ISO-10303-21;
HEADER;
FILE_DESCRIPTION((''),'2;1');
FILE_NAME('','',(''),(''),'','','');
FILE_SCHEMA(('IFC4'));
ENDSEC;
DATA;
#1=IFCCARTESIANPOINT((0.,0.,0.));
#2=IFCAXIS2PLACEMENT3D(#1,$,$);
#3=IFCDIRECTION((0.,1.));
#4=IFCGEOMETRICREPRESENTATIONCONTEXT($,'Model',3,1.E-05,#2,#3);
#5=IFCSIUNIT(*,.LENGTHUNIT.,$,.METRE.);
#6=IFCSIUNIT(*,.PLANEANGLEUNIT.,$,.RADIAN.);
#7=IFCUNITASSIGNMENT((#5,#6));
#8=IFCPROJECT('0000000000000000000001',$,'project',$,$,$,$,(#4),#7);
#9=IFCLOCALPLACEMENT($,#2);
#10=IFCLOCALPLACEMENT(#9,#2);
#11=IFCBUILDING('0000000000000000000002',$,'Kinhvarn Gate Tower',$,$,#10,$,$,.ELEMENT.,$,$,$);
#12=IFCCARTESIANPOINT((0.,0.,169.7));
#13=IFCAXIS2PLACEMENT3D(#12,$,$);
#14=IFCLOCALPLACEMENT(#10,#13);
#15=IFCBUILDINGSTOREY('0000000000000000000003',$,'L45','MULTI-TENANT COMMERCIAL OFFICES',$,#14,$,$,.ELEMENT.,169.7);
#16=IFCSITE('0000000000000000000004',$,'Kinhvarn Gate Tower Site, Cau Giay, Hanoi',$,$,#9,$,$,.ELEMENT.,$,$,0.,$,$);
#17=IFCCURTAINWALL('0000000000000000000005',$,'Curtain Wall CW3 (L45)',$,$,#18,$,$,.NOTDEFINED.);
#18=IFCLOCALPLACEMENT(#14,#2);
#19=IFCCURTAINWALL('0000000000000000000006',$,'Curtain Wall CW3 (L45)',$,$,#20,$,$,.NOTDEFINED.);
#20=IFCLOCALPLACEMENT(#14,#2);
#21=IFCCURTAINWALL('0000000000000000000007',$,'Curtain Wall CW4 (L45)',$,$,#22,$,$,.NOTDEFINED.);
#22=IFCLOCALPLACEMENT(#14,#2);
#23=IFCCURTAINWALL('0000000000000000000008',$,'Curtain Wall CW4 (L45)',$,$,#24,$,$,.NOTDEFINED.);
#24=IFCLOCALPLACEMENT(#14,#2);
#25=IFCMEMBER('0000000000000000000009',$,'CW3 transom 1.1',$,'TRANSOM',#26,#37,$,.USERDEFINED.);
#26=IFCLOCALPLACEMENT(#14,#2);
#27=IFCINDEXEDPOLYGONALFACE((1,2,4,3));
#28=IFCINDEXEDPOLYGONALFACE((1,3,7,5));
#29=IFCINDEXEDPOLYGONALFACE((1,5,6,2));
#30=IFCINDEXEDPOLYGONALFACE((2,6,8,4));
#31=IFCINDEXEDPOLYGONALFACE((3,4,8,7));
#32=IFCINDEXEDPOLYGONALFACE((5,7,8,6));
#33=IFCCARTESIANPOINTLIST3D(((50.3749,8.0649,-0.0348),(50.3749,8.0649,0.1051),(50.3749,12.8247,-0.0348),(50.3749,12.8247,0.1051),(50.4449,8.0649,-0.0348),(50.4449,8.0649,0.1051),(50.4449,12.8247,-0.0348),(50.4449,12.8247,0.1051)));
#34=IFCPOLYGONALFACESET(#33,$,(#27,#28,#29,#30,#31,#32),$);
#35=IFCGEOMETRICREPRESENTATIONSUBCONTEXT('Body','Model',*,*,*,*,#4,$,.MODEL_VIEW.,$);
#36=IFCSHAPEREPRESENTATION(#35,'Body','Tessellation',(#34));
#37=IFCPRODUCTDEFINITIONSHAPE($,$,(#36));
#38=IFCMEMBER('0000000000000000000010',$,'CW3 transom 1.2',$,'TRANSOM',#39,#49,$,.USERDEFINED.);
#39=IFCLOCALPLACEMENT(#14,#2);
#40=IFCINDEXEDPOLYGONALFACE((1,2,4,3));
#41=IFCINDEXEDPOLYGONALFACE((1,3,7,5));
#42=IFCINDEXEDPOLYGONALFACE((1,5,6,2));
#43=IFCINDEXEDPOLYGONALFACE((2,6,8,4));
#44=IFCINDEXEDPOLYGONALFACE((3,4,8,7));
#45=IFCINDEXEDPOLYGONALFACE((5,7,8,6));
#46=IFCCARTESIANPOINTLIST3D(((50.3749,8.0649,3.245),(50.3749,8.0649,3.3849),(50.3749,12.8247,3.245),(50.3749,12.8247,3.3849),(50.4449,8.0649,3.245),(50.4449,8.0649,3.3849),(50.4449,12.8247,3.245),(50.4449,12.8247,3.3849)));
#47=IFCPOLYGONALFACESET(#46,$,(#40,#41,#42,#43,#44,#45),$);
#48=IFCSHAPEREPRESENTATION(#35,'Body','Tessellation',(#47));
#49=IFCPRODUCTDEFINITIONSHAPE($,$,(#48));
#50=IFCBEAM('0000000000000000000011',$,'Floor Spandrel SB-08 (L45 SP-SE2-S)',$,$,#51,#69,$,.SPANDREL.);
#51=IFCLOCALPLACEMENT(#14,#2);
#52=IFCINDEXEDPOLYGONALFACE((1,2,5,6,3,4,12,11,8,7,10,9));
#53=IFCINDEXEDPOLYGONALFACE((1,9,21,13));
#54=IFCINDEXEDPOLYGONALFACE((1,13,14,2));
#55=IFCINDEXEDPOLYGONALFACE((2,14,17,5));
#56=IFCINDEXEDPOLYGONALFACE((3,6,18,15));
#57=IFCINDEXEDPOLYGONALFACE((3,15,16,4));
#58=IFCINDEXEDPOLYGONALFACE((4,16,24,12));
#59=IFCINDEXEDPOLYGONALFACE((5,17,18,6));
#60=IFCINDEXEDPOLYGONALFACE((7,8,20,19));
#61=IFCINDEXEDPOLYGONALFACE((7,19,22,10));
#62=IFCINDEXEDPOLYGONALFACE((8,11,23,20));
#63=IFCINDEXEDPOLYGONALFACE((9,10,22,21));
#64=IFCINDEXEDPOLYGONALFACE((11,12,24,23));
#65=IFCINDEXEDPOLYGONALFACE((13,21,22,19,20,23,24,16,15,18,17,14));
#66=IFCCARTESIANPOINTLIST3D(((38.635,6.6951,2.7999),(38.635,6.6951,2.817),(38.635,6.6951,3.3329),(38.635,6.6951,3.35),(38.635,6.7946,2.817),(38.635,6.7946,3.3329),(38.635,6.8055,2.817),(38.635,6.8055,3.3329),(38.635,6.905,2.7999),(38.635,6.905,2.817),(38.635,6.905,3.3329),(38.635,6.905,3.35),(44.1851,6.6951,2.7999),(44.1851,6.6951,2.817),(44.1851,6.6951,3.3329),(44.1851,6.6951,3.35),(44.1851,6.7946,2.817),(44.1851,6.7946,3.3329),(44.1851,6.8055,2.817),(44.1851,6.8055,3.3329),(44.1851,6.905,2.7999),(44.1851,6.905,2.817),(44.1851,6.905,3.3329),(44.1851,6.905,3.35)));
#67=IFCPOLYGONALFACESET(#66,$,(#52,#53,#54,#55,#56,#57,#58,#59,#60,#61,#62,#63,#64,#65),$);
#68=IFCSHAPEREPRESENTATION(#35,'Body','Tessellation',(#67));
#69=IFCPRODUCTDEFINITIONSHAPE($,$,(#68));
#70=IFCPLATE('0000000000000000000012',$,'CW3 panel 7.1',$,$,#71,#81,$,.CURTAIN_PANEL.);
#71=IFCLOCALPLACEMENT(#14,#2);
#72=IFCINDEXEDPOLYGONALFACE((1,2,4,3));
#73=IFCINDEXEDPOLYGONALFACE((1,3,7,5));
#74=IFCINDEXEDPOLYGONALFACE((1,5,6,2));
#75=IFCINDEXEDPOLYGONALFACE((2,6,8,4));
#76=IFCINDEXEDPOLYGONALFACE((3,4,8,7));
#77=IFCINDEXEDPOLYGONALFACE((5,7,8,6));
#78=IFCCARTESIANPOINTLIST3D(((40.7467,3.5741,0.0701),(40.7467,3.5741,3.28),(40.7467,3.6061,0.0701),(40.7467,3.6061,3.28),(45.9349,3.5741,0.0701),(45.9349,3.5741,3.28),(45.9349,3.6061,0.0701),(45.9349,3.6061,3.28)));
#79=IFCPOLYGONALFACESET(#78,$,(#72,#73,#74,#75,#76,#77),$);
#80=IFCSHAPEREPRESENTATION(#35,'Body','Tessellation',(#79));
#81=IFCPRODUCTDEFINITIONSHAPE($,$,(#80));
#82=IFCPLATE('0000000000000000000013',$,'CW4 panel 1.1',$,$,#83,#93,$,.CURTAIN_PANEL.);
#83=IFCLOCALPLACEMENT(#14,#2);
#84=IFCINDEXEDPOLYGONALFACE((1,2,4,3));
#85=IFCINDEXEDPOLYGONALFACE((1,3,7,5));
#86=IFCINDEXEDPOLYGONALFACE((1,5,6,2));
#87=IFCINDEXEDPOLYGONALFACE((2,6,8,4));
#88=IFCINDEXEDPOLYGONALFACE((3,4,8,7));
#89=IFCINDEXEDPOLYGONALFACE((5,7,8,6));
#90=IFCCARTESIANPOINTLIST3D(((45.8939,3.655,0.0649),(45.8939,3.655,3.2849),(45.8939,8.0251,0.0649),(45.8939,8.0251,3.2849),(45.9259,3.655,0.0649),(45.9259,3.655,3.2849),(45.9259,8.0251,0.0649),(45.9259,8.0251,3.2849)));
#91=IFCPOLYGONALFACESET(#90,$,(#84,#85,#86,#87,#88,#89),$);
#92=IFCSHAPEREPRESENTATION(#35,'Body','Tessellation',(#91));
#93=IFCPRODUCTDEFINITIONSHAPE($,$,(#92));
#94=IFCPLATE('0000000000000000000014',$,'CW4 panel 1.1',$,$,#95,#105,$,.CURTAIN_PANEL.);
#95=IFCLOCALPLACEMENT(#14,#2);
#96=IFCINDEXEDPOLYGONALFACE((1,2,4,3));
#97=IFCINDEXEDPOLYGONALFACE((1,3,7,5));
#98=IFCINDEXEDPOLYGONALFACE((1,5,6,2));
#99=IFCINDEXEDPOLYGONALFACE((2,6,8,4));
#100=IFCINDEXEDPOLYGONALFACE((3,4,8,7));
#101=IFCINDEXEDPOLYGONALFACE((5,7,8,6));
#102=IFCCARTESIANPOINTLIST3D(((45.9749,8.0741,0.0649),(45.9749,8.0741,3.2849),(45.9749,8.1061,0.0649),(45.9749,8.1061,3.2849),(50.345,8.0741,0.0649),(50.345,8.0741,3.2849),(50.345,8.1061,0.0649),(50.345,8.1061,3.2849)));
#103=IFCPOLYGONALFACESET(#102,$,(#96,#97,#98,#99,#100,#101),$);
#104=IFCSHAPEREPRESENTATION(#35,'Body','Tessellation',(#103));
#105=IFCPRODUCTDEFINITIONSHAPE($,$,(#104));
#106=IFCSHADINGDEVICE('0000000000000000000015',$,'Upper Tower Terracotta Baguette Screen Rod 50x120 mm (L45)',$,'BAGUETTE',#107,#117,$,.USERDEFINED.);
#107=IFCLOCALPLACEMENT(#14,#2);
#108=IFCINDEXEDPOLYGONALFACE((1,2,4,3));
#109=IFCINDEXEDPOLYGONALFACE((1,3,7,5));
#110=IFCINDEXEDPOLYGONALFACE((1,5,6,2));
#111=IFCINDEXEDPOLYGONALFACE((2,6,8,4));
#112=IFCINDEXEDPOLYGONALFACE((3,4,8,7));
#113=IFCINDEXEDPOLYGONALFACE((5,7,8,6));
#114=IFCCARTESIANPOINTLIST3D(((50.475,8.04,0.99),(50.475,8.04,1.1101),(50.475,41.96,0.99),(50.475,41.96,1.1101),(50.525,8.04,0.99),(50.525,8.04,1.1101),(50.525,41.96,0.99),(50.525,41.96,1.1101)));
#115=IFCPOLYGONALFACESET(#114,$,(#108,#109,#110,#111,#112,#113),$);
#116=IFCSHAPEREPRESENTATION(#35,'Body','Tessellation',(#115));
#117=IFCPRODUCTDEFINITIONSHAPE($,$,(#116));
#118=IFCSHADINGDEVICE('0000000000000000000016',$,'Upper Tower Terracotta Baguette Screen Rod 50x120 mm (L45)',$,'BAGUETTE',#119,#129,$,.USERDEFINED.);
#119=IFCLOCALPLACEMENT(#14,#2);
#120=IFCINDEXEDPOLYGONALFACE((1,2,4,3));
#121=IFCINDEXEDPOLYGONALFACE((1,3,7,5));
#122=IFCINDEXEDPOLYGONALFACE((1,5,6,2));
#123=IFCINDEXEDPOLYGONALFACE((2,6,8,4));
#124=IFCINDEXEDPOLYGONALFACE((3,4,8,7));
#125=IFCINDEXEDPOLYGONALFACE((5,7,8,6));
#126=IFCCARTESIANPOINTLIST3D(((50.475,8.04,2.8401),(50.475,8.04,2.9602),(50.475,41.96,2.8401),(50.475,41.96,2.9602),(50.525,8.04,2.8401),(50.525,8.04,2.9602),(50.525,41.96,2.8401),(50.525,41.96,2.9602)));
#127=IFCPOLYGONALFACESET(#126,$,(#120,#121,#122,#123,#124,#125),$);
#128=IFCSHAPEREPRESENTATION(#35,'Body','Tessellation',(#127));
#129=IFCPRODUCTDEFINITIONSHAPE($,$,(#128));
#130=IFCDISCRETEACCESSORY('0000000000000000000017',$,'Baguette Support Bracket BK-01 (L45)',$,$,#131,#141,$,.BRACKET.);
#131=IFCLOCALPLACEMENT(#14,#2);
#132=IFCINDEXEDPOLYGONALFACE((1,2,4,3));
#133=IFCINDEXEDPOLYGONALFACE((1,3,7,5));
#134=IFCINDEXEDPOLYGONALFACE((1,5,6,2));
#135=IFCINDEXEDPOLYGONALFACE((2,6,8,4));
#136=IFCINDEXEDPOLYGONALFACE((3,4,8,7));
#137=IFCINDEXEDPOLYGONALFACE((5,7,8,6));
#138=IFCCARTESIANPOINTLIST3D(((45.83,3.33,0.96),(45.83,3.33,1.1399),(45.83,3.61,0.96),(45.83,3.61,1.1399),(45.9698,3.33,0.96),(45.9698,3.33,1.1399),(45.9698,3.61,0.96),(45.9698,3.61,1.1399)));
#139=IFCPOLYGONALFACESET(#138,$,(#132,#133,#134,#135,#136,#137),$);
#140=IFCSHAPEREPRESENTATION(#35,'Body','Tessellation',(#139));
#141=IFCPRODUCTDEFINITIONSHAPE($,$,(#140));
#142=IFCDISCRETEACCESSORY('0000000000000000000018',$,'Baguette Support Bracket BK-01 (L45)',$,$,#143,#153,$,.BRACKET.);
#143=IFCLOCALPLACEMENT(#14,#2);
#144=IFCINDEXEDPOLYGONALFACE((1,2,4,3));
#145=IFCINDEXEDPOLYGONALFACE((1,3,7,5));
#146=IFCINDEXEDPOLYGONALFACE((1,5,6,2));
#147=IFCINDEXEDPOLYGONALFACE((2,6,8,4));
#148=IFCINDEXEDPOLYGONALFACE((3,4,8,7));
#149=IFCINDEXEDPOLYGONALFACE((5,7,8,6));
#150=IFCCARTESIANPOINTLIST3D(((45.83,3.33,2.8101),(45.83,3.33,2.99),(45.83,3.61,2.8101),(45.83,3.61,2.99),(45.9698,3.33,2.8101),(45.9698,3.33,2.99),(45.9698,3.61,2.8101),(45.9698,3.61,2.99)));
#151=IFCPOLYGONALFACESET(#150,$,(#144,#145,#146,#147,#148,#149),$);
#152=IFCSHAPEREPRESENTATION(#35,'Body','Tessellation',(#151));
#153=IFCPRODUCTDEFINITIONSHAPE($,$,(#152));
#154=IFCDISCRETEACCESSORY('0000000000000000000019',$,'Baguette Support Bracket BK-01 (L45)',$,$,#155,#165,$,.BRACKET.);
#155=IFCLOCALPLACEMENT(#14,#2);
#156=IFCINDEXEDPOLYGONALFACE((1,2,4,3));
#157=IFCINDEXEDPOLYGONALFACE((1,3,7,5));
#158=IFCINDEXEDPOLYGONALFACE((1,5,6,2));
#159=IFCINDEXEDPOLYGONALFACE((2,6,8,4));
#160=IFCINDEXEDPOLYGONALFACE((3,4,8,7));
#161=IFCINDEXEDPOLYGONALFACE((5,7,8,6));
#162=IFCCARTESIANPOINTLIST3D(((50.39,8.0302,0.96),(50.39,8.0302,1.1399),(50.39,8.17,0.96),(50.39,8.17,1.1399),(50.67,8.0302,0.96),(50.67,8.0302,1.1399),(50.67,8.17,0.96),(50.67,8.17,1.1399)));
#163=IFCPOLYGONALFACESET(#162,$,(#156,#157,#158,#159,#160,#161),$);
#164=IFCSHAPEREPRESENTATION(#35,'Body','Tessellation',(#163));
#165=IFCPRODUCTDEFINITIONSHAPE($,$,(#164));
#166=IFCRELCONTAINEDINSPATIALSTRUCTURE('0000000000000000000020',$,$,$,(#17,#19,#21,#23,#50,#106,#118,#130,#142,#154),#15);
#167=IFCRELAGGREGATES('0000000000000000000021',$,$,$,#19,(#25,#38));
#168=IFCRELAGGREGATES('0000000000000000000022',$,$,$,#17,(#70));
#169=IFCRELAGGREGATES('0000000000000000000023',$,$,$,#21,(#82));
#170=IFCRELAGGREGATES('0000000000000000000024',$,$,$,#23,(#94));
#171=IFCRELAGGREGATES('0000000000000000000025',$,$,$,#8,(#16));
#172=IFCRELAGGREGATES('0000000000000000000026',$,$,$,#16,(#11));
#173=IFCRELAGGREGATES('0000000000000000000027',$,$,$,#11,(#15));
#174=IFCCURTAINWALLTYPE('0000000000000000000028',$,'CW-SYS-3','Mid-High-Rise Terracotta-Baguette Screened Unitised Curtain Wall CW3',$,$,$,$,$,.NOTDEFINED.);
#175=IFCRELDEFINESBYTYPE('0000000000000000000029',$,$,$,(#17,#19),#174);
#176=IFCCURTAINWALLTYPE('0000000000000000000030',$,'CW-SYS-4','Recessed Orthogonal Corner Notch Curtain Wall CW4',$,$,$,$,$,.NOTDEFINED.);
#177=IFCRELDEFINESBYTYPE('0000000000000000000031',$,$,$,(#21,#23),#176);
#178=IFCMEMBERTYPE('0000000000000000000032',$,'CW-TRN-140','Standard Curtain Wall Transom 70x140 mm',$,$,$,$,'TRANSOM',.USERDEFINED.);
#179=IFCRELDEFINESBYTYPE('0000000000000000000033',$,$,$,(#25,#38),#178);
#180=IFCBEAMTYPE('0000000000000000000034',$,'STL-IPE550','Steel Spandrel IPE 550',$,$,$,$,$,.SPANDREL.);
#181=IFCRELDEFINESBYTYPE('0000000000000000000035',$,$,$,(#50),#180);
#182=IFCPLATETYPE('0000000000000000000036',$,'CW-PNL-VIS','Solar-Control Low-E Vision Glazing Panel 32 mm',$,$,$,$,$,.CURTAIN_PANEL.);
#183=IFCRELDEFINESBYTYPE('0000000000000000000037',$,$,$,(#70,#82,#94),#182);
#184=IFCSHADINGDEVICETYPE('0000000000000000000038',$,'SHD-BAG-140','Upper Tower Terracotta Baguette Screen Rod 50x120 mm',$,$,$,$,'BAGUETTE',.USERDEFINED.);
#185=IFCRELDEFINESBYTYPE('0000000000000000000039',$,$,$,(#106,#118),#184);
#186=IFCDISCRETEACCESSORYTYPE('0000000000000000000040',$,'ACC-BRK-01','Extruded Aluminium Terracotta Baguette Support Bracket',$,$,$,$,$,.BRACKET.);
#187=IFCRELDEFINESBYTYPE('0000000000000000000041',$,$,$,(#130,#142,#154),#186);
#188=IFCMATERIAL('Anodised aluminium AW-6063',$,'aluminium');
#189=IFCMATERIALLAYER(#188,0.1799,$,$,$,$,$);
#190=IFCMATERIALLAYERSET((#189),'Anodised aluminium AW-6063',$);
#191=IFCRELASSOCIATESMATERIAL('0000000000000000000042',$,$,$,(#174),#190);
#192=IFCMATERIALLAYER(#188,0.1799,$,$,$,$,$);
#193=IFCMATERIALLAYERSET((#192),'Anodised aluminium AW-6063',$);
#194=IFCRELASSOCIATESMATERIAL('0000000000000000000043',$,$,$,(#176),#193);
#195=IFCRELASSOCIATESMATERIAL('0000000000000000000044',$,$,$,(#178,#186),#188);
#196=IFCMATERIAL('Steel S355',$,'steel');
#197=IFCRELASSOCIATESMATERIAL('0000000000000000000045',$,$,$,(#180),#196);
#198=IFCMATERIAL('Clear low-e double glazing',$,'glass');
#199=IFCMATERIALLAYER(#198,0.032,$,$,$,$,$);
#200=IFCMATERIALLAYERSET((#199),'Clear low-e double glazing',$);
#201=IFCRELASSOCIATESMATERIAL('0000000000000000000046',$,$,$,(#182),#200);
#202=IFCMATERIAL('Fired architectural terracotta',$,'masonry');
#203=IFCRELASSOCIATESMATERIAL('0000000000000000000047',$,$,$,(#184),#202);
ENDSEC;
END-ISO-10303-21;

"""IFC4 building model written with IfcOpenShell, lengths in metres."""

from ifc_helpers import new_model, si_unit, direction, frame, origin, origin_2d, place, context, subcontext, project, spatial, rectangle, i_section, extrude, material, layer, layer_set, material_profile, profile_set, type_object, element, aggregate, save


model = new_model("IFC4")

# Units and contexts
model_context = context("Model", 3, precision=1e-05, world=origin(), true_north=direction((0.0, 1.0)))
body_context = subcontext(model_context, "Body", "Model", "MODEL_VIEW")
ifc_project = project(units=[si_unit("LENGTHUNIT", "METRE"), si_unit("PLANEANGLEUNIT", "RADIAN")], contexts=[model_context])

# Site, building, storey
site_placement = place(None, origin())
site = spatial("IfcSite", under=ifc_project, at=site_placement, Name="Kinhvarn Gate Tower Site, Cau Giay, Hanoi", CompositionType="ELEMENT", RefElevation=0.0)
building_placement = place(site_placement, origin())
building = spatial("IfcBuilding", under=site, at=building_placement, Name="Kinhvarn Gate Tower", CompositionType="ELEMENT")
storey_placement = place(building_placement, frame((0.0, 0.0, 169.7)))
storey = spatial("IfcBuildingStorey", under=building, at=storey_placement, Name="L45", Description="MULTI-TENANT COMMERCIAL OFFICES", CompositionType="ELEMENT", Elevation=169.7)

# Curtain wall
ifc_material_1 = material(Name="Anodised aluminium AW-6063", Category="aluminium")
ifc_layer_1 = layer(ifc_material_1, 0.1799)
ifc_layer_set_1 = layer_set([ifc_layer_1], Name="Anodised aluminium AW-6063")
curtain_wall_type_1 = type_object("IfcCurtainWallType", Name="CW-SYS-3", Description="Mid-High-Rise Terracotta-Baguette Screened Unitised Curtain Wall CW3", PredefinedType="NOTDEFINED", material=ifc_layer_set_1)
curtain_wall_1_placement = place(storey_placement, origin())
curtain_wall_1 = element("IfcCurtainWall", 1, at=curtain_wall_1_placement, inside=storey, type_object=curtain_wall_type_1, Name="Curtain Wall CW3 (L45)", PredefinedType="NOTDEFINED")

# Curtain wall
curtain_wall_2_placement = place(storey_placement, origin())
curtain_wall_2 = element("IfcCurtainWall", 2, at=curtain_wall_2_placement, inside=storey, type_object=curtain_wall_type_1, Name="Curtain Wall CW3 (L45)", PredefinedType="NOTDEFINED")

# Curtain walls
ifc_layer_2 = layer(ifc_material_1, 0.1799)
ifc_layer_set_2 = layer_set([ifc_layer_2], Name="Anodised aluminium AW-6063")
curtain_wall_type_2 = type_object("IfcCurtainWallType", Name="CW-SYS-4", Description="Recessed Orthogonal Corner Notch Curtain Wall CW4", PredefinedType="NOTDEFINED", material=ifc_layer_set_2)
curtain_wall_3_placement = place(storey_placement, origin())
curtain_wall_3 = element("IfcCurtainWall", 3, at=curtain_wall_3_placement, inside=storey, type_object=curtain_wall_type_2, Name="Curtain Wall CW4 (L45)", PredefinedType="NOTDEFINED")
curtain_wall_4_placement = place(storey_placement, origin())
curtain_wall_4 = element("IfcCurtainWall", 4, at=curtain_wall_4_placement, inside=storey, type_object=curtain_wall_type_2, Name="Curtain Wall CW4 (L45)", PredefinedType="NOTDEFINED")

# Members
ifc_material_profile_1 = material_profile(ifc_material_1, rectangle(XDim=0.0701, YDim=0.1399, at=origin_2d()), Name="ALU 70x140")
ifc_profile_set_1 = profile_set([ifc_material_profile_1], Name="Anodised aluminium AW-6063")
member_type_1 = type_object("IfcMemberType", Name="CW-TRN-140", Description="Standard Curtain Wall Transom 70x140 mm", ElementType="TRANSOM", PredefinedType="USERDEFINED", material=ifc_profile_set_1)
member_1_placement = place(storey_placement, frame((50.4099, 8.0649, 0.0352), z_axis=(0.0, 1.0, 0.0), x_axis=(-1.0, 0.0, 0.0)))
member_1 = element("IfcMember", 5, at=member_1_placement, type_object=member_type_1, Name="CW3 transom 1.1", ObjectType="TRANSOM", PredefinedType="USERDEFINED", context=body_context, shape_type="SweptSolid", body=[
    extrude(rectangle(XDim=0.0701, YDim=0.1399, at=origin_2d()), origin(), (0.0, 0.0, 1.0), 4.7598),
])
member_2_placement = place(storey_placement, frame((50.4099, 8.0649, 3.3149), z_axis=(0.0, 1.0, 0.0), x_axis=(-1.0, 0.0, 0.0)))
member_2 = element("IfcMember", 6, at=member_2_placement, type_object=member_type_1, Name="CW3 transom 1.2", ObjectType="TRANSOM", PredefinedType="USERDEFINED", context=body_context, shape_type="SweptSolid", body=[
    extrude(rectangle(XDim=0.0701, YDim=0.1399, at=origin_2d()), origin(), (0.0, 0.0, 1.0), 4.7598),
])
aggregate(curtain_wall_2, [member_1, member_2])

# Beam
ifc_material_2 = material(Name="Steel S355", Category="steel")
ifc_material_profile_2 = material_profile(ifc_material_2, i_section(OverallWidth=0.21, OverallDepth=0.55, WebThickness=0.011, FlangeThickness=0.0171, at=origin_2d()), Name="IPE 550")
ifc_profile_set_2 = profile_set([ifc_material_profile_2], Name="Steel S355")
beam_type = type_object("IfcBeamType", Name="STL-IPE550", Description="Steel Spandrel IPE 550", PredefinedType="SPANDREL", material=ifc_profile_set_2)
beam_placement = place(storey_placement, frame((38.635, 6.8, 3.075), z_axis=(1.0, 0.0, 0.0), x_axis=(0.0, 1.0, 0.0)))
element("IfcBeam", 7, at=beam_placement, inside=storey, type_object=beam_type, Name="Floor Spandrel SB-08 (L45 SP-SE2-S)", PredefinedType="SPANDREL", context=body_context, shape_type="SweptSolid", body=[
    extrude(i_section(OverallWidth=0.21, OverallDepth=0.55, WebThickness=0.011, FlangeThickness=0.0171, at=origin_2d()), origin(), (0.0, 0.0, 1.0), 5.55),
])

# Plates
ifc_material_3 = material(Name="Clear low-e double glazing", Category="glass")
ifc_layer_3 = layer(ifc_material_3, 0.032)
ifc_layer_set_3 = layer_set([ifc_layer_3], Name="Clear low-e double glazing")
plate_type = type_object("IfcPlateType", Name="CW-PNL-VIS", Description="Solar-Control Low-E Vision Glazing Panel 32 mm", PredefinedType="CURTAIN_PANEL", material=ifc_layer_set_3)
plate_1_placement = place(storey_placement, frame((43.3408, 3.5901, 0.0701), z_axis=(0.0, 0.0, 1.0), x_axis=(1.0, 0.0, 0.0)))
plate_1 = element("IfcPlate", 8, at=plate_1_placement, type_object=plate_type, Name="CW3 panel 7.1", PredefinedType="CURTAIN_PANEL", context=body_context, shape_type="SweptSolid", body=[
    extrude(rectangle(XDim=5.1882, YDim=0.032, at=origin_2d()), origin(), (0.0, 0.0, 1.0), 3.21),
])
aggregate(curtain_wall_1, [plate_1])
plate_2_placement = place(storey_placement, frame((45.9099, 5.8401, 0.0649), z_axis=(0.0, 0.0, 1.0), x_axis=(0.0, 1.0, 0.0)))
plate_2 = element("IfcPlate", 9, at=plate_2_placement, type_object=plate_type, Name="CW4 panel 1.1", PredefinedType="CURTAIN_PANEL", context=body_context, shape_type="SweptSolid", body=[
    extrude(rectangle(XDim=4.3701, YDim=0.032, at=origin_2d()), origin(), (0.0, 0.0, 1.0), 3.22),
])
aggregate(curtain_wall_3, [plate_2])
plate_3_placement = place(storey_placement, frame((48.1599, 8.0901, 0.0649), z_axis=(0.0, 0.0, 1.0), x_axis=(1.0, 0.0, 0.0)))
plate_3 = element("IfcPlate", 10, at=plate_3_placement, type_object=plate_type, Name="CW4 panel 1.1", PredefinedType="CURTAIN_PANEL", context=body_context, shape_type="SweptSolid", body=[
    extrude(rectangle(XDim=4.3701, YDim=0.032, at=origin_2d()), origin(), (0.0, 0.0, 1.0), 3.22),
])
aggregate(curtain_wall_4, [plate_3])

# Shading devices
ifc_material_4 = material(Name="Fired architectural terracotta", Category="masonry")
ifc_material_profile_3 = material_profile(ifc_material_4, rectangle(XDim=0.05, YDim=0.1201, at=origin_2d()), Name="TC 50x120")
ifc_profile_set_3 = profile_set([ifc_material_profile_3], Name="Fired architectural terracotta")
shading_device_type = type_object("IfcShadingDeviceType", Name="SHD-BAG-140", Description="Upper Tower Terracotta Baguette Screen Rod 50x120 mm", ElementType="BAGUETTE", PredefinedType="USERDEFINED", material=ifc_profile_set_3)
for number, where, z_axis, x_axis, name in (
    (11, (50.5, 8.04, 1.05), (0.0, 1.0, 0.0), (-1.0, 0.0, 0.0), "Upper Tower Terracotta Baguette Screen Rod 50x120 mm (L45)"),
    (12, (50.5, 8.04, 2.9001), (0.0, 1.0, 0.0), (-1.0, 0.0, 0.0), "Upper Tower Terracotta Baguette Screen Rod 50x120 mm (L45)"),
):
    element("IfcShadingDevice", number, at=place(storey_placement, frame(where, z_axis=z_axis, x_axis=x_axis)), inside=storey, type_object=shading_device_type, Name=name, ObjectType="BAGUETTE", PredefinedType="USERDEFINED", context=body_context, shape_type="SweptSolid", body=[
        extrude(rectangle(XDim=0.05, YDim=0.1201, at=origin_2d()), origin(), (0.0, 0.0, 1.0), 33.9199),
    ])

# Discrete accessories
discrete_accessory_type = type_object("IfcDiscreteAccessoryType", Name="ACC-BRK-01", Description="Extruded Aluminium Terracotta Baguette Support Bracket", PredefinedType="BRACKET", material=ifc_material_1)
for number, where, z_axis, x_axis, name in (
    (13, (45.8999, 3.47, 0.96), (0.0, 0.0, 1.0), (1.0, 0.0, 0.0), "Baguette Support Bracket BK-01 (L45)"),
    (14, (45.8999, 3.47, 2.8101), (0.0, 0.0, 1.0), (1.0, 0.0, 0.0), "Baguette Support Bracket BK-01 (L45)"),
    (15, (50.53, 8.1001, 0.96), (0.0, 0.0, 1.0), (0.0, 1.0, 0.0), "Baguette Support Bracket BK-01 (L45)"),
):
    element("IfcDiscreteAccessory", number, at=place(storey_placement, frame(where, z_axis=z_axis, x_axis=x_axis)), inside=storey, type_object=discrete_accessory_type, Name=name, PredefinedType="BRACKET", context=body_context, shape_type="SweptSolid", body=[
        extrude(rectangle(XDim=0.1399, YDim=0.28, at=origin_2d()), origin(), (0.0, 0.0, 1.0), 0.1799),
    ])

save(model, "model.ifc")
